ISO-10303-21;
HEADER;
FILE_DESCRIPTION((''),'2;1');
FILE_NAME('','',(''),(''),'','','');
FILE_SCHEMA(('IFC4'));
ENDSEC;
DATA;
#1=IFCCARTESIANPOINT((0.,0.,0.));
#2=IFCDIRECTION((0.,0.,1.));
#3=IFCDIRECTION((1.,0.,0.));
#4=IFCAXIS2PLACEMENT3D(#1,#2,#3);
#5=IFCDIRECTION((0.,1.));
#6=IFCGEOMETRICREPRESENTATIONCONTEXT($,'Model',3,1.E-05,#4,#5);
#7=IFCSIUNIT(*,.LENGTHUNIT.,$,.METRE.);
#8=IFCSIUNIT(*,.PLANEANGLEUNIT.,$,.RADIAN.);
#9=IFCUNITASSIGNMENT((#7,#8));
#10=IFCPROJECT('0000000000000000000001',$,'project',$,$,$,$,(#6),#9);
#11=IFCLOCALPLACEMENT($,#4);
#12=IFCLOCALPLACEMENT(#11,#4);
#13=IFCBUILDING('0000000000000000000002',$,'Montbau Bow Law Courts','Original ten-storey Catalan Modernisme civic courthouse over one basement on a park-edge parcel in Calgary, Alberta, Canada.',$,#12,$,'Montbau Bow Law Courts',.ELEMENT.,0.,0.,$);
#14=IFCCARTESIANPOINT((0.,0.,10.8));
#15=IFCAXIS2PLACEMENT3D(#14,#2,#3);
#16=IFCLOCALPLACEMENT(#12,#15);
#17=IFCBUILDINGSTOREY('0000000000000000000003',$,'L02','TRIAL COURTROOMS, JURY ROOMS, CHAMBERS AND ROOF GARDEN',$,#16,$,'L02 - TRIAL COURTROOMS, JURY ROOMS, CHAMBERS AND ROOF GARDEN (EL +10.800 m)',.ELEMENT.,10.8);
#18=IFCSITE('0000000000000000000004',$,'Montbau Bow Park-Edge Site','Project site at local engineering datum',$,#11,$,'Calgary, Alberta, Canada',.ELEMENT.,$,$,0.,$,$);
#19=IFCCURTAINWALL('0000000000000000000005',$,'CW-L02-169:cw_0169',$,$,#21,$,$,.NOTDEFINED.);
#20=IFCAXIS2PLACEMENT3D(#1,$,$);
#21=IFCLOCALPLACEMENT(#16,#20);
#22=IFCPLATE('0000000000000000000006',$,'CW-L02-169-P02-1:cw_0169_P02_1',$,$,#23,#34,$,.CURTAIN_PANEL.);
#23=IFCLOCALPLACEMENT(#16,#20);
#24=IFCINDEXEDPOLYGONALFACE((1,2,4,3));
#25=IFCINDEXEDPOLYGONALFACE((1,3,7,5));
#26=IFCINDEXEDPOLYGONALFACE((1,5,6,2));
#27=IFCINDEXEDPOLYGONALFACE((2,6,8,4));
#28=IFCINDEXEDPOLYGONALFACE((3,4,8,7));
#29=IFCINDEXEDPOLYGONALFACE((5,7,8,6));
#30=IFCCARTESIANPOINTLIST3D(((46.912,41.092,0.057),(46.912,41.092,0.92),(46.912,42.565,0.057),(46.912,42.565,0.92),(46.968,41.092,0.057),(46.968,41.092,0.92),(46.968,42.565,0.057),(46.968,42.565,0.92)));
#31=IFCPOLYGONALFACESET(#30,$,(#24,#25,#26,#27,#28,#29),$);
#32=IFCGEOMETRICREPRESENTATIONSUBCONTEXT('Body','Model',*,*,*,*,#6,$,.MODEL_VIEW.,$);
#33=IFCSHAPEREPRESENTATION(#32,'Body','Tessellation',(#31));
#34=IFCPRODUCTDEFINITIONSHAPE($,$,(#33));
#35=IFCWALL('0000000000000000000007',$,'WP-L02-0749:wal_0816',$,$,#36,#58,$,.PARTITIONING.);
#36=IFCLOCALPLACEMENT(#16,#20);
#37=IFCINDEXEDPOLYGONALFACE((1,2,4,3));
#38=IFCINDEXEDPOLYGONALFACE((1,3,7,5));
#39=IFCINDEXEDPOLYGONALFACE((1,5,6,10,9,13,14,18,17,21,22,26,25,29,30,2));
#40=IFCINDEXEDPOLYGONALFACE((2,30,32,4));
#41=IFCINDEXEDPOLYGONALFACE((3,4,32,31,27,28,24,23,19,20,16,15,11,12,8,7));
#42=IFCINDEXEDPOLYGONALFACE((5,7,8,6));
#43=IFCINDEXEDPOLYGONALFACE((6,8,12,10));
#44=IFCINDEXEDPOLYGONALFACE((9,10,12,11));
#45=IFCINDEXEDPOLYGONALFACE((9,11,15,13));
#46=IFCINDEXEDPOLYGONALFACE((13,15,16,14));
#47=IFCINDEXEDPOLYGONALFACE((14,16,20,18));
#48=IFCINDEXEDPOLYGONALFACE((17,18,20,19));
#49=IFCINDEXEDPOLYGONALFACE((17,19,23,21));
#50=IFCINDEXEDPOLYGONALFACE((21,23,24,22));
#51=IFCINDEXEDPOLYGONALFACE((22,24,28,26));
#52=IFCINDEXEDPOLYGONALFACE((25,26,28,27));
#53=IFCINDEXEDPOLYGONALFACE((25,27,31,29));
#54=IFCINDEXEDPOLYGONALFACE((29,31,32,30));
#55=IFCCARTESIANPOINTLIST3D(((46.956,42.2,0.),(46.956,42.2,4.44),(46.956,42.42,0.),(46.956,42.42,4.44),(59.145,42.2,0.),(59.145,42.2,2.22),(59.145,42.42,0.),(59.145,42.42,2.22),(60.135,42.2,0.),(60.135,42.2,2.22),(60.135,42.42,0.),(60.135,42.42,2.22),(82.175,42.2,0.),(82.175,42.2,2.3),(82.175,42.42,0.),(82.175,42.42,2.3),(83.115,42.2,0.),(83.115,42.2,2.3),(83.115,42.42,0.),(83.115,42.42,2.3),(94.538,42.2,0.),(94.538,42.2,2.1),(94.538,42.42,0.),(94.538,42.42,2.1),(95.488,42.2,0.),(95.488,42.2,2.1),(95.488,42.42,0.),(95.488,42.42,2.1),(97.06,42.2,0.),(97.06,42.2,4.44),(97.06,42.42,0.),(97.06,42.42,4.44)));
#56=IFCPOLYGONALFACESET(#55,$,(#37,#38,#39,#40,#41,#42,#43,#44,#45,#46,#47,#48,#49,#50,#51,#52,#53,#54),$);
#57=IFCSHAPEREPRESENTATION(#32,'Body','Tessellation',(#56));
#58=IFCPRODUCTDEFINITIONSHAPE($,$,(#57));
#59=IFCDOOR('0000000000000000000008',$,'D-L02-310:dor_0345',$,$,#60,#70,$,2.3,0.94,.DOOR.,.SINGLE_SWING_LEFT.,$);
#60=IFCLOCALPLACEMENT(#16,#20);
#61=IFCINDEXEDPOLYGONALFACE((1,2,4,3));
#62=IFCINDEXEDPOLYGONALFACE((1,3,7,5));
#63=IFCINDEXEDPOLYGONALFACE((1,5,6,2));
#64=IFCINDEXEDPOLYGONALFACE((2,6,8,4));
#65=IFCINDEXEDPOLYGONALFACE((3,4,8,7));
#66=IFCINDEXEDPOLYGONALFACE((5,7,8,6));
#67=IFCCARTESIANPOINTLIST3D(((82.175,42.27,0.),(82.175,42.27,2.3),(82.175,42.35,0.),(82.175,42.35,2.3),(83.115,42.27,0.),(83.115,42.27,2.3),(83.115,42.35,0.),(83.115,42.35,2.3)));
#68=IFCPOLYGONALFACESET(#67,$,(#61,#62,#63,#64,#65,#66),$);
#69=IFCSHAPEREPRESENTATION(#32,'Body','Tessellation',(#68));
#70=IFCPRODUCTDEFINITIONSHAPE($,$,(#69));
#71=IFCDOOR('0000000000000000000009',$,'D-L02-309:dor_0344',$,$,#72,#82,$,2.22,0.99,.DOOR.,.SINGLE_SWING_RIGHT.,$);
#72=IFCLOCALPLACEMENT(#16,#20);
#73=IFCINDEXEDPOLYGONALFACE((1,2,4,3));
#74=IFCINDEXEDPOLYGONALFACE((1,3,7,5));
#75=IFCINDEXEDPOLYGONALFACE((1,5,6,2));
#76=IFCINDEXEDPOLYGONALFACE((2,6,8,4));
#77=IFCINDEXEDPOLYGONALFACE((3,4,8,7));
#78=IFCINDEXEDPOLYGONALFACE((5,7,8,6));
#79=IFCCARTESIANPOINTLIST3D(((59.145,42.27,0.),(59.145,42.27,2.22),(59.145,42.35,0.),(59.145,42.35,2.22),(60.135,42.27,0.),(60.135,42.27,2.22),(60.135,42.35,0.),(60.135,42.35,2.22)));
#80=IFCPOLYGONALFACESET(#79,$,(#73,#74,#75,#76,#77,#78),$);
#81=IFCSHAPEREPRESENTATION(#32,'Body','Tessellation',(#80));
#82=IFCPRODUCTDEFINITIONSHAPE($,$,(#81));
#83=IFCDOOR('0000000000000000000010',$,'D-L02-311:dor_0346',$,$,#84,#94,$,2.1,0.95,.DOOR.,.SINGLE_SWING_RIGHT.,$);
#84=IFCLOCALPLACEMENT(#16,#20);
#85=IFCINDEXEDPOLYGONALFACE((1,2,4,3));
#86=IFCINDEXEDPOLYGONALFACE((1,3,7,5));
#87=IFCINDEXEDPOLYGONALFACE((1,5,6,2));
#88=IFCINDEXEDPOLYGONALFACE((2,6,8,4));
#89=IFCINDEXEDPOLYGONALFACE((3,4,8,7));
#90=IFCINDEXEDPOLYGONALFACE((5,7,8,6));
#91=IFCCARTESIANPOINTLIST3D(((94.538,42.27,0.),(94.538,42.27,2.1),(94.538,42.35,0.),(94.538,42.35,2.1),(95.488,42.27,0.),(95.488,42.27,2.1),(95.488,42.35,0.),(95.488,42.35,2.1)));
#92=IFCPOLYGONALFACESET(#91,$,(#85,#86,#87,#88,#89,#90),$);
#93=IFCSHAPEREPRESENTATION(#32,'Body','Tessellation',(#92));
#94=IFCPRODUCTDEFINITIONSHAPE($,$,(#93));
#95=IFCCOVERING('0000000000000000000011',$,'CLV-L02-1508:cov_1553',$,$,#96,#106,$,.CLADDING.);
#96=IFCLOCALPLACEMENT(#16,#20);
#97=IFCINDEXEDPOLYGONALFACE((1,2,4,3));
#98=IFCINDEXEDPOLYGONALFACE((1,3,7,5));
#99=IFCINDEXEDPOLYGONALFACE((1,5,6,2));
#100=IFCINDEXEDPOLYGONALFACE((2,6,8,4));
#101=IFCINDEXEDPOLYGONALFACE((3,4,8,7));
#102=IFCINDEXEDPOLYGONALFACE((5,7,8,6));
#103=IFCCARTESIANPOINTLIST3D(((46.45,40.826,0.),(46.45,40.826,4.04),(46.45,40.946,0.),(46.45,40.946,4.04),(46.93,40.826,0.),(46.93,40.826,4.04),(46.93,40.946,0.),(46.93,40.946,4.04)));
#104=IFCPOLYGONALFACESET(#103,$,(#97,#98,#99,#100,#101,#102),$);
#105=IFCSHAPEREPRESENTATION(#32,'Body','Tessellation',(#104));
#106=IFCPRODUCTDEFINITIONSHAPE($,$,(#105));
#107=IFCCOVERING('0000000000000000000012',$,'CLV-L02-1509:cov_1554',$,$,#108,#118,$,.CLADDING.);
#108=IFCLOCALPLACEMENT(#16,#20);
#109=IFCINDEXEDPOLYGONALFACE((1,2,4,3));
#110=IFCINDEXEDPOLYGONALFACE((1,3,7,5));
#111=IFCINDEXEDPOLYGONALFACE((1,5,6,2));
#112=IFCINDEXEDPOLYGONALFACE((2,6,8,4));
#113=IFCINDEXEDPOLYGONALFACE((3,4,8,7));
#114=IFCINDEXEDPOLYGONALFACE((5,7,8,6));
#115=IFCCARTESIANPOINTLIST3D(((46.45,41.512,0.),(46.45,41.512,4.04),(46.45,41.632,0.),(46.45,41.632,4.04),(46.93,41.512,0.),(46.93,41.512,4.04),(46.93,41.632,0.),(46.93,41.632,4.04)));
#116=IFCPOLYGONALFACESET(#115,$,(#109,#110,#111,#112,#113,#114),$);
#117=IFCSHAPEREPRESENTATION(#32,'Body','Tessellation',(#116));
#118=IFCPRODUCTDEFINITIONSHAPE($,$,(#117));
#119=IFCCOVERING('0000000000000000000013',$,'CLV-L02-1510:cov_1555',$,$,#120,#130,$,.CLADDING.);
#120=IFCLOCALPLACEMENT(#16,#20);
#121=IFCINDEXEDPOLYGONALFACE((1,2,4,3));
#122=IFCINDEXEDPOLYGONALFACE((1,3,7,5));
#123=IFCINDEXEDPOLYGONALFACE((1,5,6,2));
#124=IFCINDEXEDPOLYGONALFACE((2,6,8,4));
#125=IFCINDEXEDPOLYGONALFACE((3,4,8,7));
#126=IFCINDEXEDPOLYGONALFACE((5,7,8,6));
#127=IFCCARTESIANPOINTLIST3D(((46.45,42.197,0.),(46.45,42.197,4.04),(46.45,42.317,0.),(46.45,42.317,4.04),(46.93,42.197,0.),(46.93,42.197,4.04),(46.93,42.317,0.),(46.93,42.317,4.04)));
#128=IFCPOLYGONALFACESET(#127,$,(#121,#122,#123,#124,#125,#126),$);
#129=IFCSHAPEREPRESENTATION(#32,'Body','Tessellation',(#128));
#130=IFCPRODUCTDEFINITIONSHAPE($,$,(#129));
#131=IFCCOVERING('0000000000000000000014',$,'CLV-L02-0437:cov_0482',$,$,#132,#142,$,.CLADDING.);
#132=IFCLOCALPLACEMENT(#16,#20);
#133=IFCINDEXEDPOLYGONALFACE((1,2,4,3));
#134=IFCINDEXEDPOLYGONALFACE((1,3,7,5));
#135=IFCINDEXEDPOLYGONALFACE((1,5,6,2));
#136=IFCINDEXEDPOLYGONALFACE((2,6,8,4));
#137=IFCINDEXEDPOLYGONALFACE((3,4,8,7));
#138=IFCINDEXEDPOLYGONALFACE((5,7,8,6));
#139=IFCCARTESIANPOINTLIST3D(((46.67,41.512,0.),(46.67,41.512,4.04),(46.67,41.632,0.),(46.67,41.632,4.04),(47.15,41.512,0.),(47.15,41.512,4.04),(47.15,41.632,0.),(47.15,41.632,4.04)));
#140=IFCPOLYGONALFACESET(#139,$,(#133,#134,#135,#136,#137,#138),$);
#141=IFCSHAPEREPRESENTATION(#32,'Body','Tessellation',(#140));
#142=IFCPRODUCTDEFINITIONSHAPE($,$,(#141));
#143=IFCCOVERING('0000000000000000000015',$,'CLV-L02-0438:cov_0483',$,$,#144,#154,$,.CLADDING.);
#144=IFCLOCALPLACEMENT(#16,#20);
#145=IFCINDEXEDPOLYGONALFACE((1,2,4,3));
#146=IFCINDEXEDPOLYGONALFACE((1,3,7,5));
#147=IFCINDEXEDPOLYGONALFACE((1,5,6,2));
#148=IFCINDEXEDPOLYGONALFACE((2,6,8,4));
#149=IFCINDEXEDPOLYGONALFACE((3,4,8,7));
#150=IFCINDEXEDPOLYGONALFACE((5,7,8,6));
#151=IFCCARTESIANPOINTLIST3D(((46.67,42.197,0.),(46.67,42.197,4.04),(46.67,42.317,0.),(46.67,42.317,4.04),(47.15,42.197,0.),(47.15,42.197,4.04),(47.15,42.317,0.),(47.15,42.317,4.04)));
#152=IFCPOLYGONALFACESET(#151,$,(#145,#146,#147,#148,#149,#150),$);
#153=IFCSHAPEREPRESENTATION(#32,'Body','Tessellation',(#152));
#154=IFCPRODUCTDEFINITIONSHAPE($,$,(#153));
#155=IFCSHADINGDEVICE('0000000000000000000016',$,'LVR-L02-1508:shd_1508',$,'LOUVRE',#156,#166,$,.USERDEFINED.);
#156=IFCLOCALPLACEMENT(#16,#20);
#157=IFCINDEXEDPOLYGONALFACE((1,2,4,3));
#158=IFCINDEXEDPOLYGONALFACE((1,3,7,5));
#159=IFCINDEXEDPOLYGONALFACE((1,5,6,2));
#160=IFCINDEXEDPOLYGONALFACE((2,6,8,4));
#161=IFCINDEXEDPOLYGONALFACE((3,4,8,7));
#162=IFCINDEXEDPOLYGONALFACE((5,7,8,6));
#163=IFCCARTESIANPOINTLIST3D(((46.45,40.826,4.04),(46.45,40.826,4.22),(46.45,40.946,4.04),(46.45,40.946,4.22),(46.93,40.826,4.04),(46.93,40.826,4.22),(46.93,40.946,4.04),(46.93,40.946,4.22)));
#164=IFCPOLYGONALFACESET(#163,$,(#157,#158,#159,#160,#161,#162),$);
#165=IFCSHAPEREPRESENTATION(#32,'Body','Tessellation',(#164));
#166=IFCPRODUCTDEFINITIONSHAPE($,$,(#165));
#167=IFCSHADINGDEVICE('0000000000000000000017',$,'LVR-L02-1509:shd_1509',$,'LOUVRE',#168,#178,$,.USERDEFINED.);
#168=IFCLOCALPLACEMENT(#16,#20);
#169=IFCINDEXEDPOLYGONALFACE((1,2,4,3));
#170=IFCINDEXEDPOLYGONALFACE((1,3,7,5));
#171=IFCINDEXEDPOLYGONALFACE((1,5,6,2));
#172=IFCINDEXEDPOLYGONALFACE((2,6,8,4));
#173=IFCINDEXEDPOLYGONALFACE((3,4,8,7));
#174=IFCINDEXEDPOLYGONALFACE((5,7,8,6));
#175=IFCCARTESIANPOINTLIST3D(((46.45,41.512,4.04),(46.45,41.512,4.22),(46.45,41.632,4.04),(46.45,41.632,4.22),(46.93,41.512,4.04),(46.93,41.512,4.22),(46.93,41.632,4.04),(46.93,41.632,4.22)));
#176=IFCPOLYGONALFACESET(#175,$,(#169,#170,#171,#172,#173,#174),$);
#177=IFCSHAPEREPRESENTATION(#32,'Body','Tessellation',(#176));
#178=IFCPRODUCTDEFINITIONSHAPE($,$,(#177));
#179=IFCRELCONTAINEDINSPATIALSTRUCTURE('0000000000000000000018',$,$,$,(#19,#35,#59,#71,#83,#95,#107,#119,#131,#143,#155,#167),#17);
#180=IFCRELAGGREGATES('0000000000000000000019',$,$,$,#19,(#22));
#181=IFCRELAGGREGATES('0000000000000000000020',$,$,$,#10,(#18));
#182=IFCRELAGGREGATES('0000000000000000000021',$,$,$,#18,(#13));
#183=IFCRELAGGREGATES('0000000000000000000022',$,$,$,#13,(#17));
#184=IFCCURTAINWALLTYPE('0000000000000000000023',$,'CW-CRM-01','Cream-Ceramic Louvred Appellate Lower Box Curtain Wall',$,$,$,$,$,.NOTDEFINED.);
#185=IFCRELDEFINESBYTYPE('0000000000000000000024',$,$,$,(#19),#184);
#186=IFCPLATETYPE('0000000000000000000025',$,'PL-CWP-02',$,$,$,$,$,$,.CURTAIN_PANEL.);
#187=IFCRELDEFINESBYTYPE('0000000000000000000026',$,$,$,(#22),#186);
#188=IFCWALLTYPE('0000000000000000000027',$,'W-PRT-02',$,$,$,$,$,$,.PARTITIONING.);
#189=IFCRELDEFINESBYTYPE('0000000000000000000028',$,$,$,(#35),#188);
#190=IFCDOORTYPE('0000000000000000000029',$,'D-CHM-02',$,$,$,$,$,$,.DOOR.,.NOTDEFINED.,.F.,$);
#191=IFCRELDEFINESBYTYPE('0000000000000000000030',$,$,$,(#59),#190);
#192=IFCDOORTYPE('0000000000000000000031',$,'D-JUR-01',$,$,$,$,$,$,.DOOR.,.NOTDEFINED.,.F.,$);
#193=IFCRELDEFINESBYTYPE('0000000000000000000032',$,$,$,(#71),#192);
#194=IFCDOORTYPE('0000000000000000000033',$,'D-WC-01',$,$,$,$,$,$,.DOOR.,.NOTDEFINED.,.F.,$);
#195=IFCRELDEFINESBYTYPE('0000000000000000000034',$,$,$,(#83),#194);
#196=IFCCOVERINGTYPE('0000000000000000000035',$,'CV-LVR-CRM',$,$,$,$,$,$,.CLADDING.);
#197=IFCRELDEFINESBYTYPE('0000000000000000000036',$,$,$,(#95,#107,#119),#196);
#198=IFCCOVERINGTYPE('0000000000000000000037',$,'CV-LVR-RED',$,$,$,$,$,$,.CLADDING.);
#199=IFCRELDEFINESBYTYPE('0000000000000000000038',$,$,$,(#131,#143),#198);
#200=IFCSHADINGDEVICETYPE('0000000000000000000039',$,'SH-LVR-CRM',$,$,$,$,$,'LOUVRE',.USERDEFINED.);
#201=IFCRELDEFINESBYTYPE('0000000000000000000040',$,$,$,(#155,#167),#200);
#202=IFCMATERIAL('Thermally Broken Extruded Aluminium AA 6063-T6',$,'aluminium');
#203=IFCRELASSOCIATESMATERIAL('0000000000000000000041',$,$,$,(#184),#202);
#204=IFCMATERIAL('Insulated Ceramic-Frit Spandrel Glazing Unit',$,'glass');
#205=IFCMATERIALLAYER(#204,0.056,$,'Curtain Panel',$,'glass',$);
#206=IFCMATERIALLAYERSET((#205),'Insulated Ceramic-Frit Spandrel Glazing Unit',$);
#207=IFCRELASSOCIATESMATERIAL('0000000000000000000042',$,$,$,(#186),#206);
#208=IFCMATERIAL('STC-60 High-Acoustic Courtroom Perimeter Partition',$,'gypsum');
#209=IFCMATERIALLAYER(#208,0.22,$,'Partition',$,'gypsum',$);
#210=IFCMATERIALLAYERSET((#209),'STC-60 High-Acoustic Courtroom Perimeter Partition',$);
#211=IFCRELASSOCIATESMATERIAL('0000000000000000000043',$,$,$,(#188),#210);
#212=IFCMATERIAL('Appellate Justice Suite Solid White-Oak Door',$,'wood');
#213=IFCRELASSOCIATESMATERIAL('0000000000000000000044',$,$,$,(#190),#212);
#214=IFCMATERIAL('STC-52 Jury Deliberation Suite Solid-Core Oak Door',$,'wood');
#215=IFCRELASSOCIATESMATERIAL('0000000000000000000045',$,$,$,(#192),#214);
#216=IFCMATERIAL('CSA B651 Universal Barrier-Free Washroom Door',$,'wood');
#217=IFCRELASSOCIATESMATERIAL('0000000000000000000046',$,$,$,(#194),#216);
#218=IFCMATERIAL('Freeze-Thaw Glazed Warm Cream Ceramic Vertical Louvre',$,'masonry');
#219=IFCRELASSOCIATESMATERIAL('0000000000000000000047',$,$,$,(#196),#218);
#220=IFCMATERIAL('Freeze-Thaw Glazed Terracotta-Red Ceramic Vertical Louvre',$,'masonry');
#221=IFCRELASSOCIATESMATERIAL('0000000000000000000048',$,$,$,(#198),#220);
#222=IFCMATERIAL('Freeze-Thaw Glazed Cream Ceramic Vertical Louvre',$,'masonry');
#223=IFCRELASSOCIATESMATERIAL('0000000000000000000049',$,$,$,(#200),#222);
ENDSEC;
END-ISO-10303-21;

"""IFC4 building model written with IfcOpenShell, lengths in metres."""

from ifc_helpers import new_model, si_unit, direction, frame, frame_2d, origin_with_axes, origin_2d_with_axis, place, context, subcontext, project, spatial, rectangle, extrude, material, layer, layer_set, type_object, element, fill, aggregate, save


model = new_model("IFC4")

# Units and contexts
model_context = context("Model", 3, precision=1e-05, world=origin_with_axes(), true_north=direction((0.0, 1.0)))
body_context = subcontext(model_context, "Body", "Model", "MODEL_VIEW")
ifc_project = project(units=[si_unit("LENGTHUNIT", "METRE"), si_unit("PLANEANGLEUNIT", "RADIAN")], contexts=[model_context])

# Site, building, storey
site_placement = place(None, origin_with_axes())
site = spatial("IfcSite", under=ifc_project, at=site_placement, Name="Montbau Bow Park-Edge Site", Description="Project site at local engineering datum", LongName="Calgary, Alberta, Canada", CompositionType="ELEMENT", RefElevation=0.0)
building_placement = place(site_placement, origin_with_axes())
building = spatial("IfcBuilding", under=site, at=building_placement, Name="Montbau Bow Law Courts", Description="Original ten-storey Catalan Modernisme civic courthouse over one basement on a park-edge parcel in Calgary, Alberta, Canada.", LongName="Montbau Bow Law Courts", CompositionType="ELEMENT", ElevationOfRefHeight=0.0, ElevationOfTerrain=0.0)
storey_placement = place(building_placement, frame((0.0, 0.0, 10.8), z_axis=(0.0, 0.0, 1.0), x_axis=(1.0, 0.0, 0.0)))
storey = spatial("IfcBuildingStorey", under=building, at=storey_placement, Name="L02", Description="TRIAL COURTROOMS, JURY ROOMS, CHAMBERS AND ROOF GARDEN", LongName="L02 - TRIAL COURTROOMS, JURY ROOMS, CHAMBERS AND ROOF GARDEN (EL +10.800 m)", CompositionType="ELEMENT", Elevation=10.8)

# Curtain wall
ifc_material_1 = material(Name="Thermally Broken Extruded Aluminium AA 6063-T6", Category="aluminium")
curtain_wall_type_1 = type_object("IfcCurtainWallType", Name="CW-CRM-01", Description="Cream-Ceramic Louvred Appellate Lower Box Curtain Wall", PredefinedType="NOTDEFINED", material=ifc_material_1)
curtain_wall_1_placement = place(None, frame((46.94, 39.515, 10.8), z_axis=(0.0, 0.0, 1.0), x_axis=(1.0, 0.0, 0.0)))
curtain_wall_1 = element("IfcCurtainWall", 1, at=curtain_wall_1_placement, inside=storey, type_object=curtain_wall_type_1, Name="CW-L02-169:cw_0169", PredefinedType="NOTDEFINED")

# Plate
ifc_material_2 = material(Name="Insulated Ceramic-Frit Spandrel Glazing Unit", Category="glass")
ifc_layer_1 = layer(ifc_material_2, 0.056, Name="Curtain Panel", Category="glass")
ifc_layer_set_1 = layer_set([ifc_layer_1], Name="Insulated Ceramic-Frit Spandrel Glazing Unit")
plate_type_1 = type_object("IfcPlateType", Name="PL-CWP-02", PredefinedType="CURTAIN_PANEL", material=ifc_layer_set_1)
plate_1_placement = place(None, frame((46.94, 41.092, 10.857), z_axis=(1.0, 0.0, 0.0), x_axis=(0.0, 1.0, 0.0)))
plate_1 = element("IfcPlate", 2, at=plate_1_placement, type_object=plate_type_1, Name="CW-L02-169-P02-1:cw_0169_P02_1", PredefinedType="CURTAIN_PANEL", context=body_context, shape_type="SweptSolid", body=[
    extrude(rectangle(XDim=1.473, YDim=0.863, at=frame_2d((0.7365, 0.4315), x_axis=(1.0, 0.0))), frame((0.0, 0.0, -0.028), z_axis=(0.0, 0.0, 1.0), x_axis=(1.0, 0.0, 0.0)), (0.0, 0.0, 1.0), 0.056),
])
aggregate(curtain_wall_1, [plate_1])

# Wall, openings, doors
ifc_material_3 = material(Name="STC-60 High-Acoustic Courtroom Perimeter Partition", Category="gypsum")
ifc_layer_2 = layer(ifc_material_3, 0.22, Name="Partition", Category="gypsum")
ifc_layer_set_2 = layer_set([ifc_layer_2], Name="STC-60 High-Acoustic Courtroom Perimeter Partition")
wall_type = type_object("IfcWallType", Name="W-PRT-02", PredefinedType="PARTITIONING", material=ifc_layer_set_2)
wall_placement = place(None, frame((46.956, 42.31, 10.8), z_axis=(0.0, 0.0, 1.0), x_axis=(1.0, 0.0, 0.0)))
wall = element("IfcWall", 3, at=wall_placement, inside=storey, type_object=wall_type, Name="WP-L02-0749:wal_0816", PredefinedType="PARTITIONING", context=body_context, shape_type="SweptSolid", body=[
    extrude(rectangle(XDim=50.104, YDim=0.22, at=frame_2d((25.052, 0.0), x_axis=(1.0, 0.0))), origin_with_axes(), (0.0, 0.0, 1.0), 4.44),
])
opening_1_placement = place(None, frame((59.64, 42.31, 10.8), z_axis=(0.0, 0.0, 1.0), x_axis=(1.0, 0.0, 0.0)))
opening_1 = element("IfcOpeningElement", 4, at=opening_1_placement, cuts=wall, PredefinedType="OPENING", context=body_context, shape_type="SweptSolid", body=[
    extrude(rectangle(XDim=0.99, YDim=2.22, at=frame_2d((0.0, 1.11), x_axis=(1.0, 0.0))), frame((0.0, 0.12, 0.0), z_axis=(0.0, -1.0, 0.0), x_axis=(1.0, 0.0, 0.0)), (0.0, 0.0, 1.0), 0.24),
])
opening_2_placement = place(None, frame((82.645, 42.31, 10.8), z_axis=(0.0, 0.0, 1.0), x_axis=(1.0, 0.0, 0.0)))
opening_2 = element("IfcOpeningElement", 5, at=opening_2_placement, cuts=wall, PredefinedType="OPENING", context=body_context, shape_type="SweptSolid", body=[
    extrude(rectangle(XDim=0.94, YDim=2.3, at=frame_2d((0.0, 1.15), x_axis=(1.0, 0.0))), frame((0.0, 0.12, 0.0), z_axis=(0.0, -1.0, 0.0), x_axis=(1.0, 0.0, 0.0)), (0.0, 0.0, 1.0), 0.24),
])
opening_3_placement = place(None, frame((95.013, 42.31, 10.8), z_axis=(0.0, 0.0, 1.0), x_axis=(1.0, 0.0, 0.0)))
opening_3 = element("IfcOpeningElement", 6, at=opening_3_placement, cuts=wall, PredefinedType="OPENING", context=body_context, shape_type="SweptSolid", body=[
    extrude(rectangle(XDim=0.95, YDim=2.1, at=frame_2d((0.0, 1.05), x_axis=(1.0, 0.0))), frame((0.0, 0.12, 0.0), z_axis=(0.0, -1.0, 0.0), x_axis=(1.0, 0.0, 0.0)), (0.0, 0.0, 1.0), 0.24),
])
ifc_material_4 = material(Name="Appellate Justice Suite Solid White-Oak Door", Category="wood")
door_type_1 = type_object("IfcDoorType", Name="D-CHM-02", OperationType="NOTDEFINED", ParameterTakesPrecedence=False, PredefinedType="DOOR", material=ifc_material_4)
door_1_placement = place(None, frame((82.645, 42.31, 10.8), z_axis=(0.0, 0.0, 1.0), x_axis=(1.0, 0.0, 0.0)))
door_1 = element("IfcDoor", 7, at=door_1_placement, inside=storey, type_object=door_type_1, Name="D-L02-310:dor_0345", OperationType="SINGLE_SWING_LEFT", OverallHeight=2.3, OverallWidth=0.94, PredefinedType="DOOR", context=body_context, shape_type="SweptSolid", body=[
    extrude(rectangle(XDim=0.94, YDim=2.3, at=frame_2d((0.0, 1.15), x_axis=(1.0, 0.0))), frame((0.0, 0.04, 0.0), z_axis=(0.0, -1.0, 0.0), x_axis=(1.0, 0.0, 0.0)), (0.0, 0.0, 1.0), 0.08),
])
fill(opening_2, door_1)
ifc_material_5 = material(Name="STC-52 Jury Deliberation Suite Solid-Core Oak Door", Category="wood")
door_type_2 = type_object("IfcDoorType", Name="D-JUR-01", OperationType="NOTDEFINED", ParameterTakesPrecedence=False, PredefinedType="DOOR", material=ifc_material_5)
door_2_placement = place(None, frame((59.64, 42.31, 10.8), z_axis=(0.0, 0.0, 1.0), x_axis=(1.0, 0.0, 0.0)))
door_2 = element("IfcDoor", 8, at=door_2_placement, inside=storey, type_object=door_type_2, Name="D-L02-309:dor_0344", OperationType="SINGLE_SWING_RIGHT", OverallHeight=2.22, OverallWidth=0.99, PredefinedType="DOOR", context=body_context, shape_type="SweptSolid", body=[
    extrude(rectangle(XDim=0.99, YDim=2.22, at=frame_2d((0.0, 1.11), x_axis=(1.0, 0.0))), frame((0.0, 0.04, 0.0), z_axis=(0.0, -1.0, 0.0), x_axis=(1.0, 0.0, 0.0)), (0.0, 0.0, 1.0), 0.08),
])
fill(opening_1, door_2)
ifc_material_6 = material(Name="CSA B651 Universal Barrier-Free Washroom Door", Category="wood")
door_type_3 = type_object("IfcDoorType", Name="D-WC-01", OperationType="NOTDEFINED", ParameterTakesPrecedence=False, PredefinedType="DOOR", material=ifc_material_6)
door_3_placement = place(None, frame((95.013, 42.31, 10.8), z_axis=(0.0, 0.0, 1.0), x_axis=(1.0, 0.0, 0.0)))
door_3 = element("IfcDoor", 9, at=door_3_placement, inside=storey, type_object=door_type_3, Name="D-L02-311:dor_0346", OperationType="SINGLE_SWING_RIGHT", OverallHeight=2.1, OverallWidth=0.95, PredefinedType="DOOR", context=body_context, shape_type="SweptSolid", body=[
    extrude(rectangle(XDim=0.95, YDim=2.1, at=frame_2d((0.0, 1.05), x_axis=(1.0, 0.0))), frame((0.0, 0.04, 0.0), z_axis=(0.0, -1.0, 0.0), x_axis=(1.0, 0.0, 0.0)), (0.0, 0.0, 1.0), 0.08),
])
fill(opening_3, door_3)

# Coverings
ifc_material_7 = material(Name="Freeze-Thaw Glazed Warm Cream Ceramic Vertical Louvre", Category="masonry")
covering_type_1 = type_object("IfcCoveringType", Name="CV-LVR-CRM", PredefinedType="CLADDING", material=ifc_material_7)
for number, where, z_axis, x_axis, name in (
    (10, (46.93, 40.886, 10.8), (0.0, 1.0, 0.0), (-1.0, 0.0, 0.0), "CLV-L02-1508:cov_1553"),
    (11, (46.93, 41.572, 10.8), (0.0, 1.0, 0.0), (-1.0, 0.0, 0.0), "CLV-L02-1509:cov_1554"),
    (12, (46.93, 42.257, 10.8), (0.0, 1.0, 0.0), (-1.0, 0.0, 0.0), "CLV-L02-1510:cov_1555"),
):
    element("IfcCovering", number, at=place(None, frame(where, z_axis=z_axis, x_axis=x_axis)), inside=storey, type_object=covering_type_1, Name=name, PredefinedType="CLADDING", context=body_context, shape_type="SweptSolid", body=[
        extrude(rectangle(XDim=0.48, YDim=4.04, at=frame_2d((0.24, 2.02), x_axis=(1.0, 0.0))), frame((0.0, 0.0, -0.06), z_axis=(0.0, 0.0, 1.0), x_axis=(1.0, 0.0, 0.0)), (0.0, 0.0, 1.0), 0.12),
    ])
ifc_material_8 = material(Name="Freeze-Thaw Glazed Terracotta-Red Ceramic Vertical Louvre", Category="masonry")
covering_type_2 = type_object("IfcCoveringType", Name="CV-LVR-RED", PredefinedType="CLADDING", material=ifc_material_8)
for number, where, z_axis, x_axis, name in (
    (13, (46.67, 41.572, 10.8), (0.0, -1.0, 0.0), (1.0, 0.0, 0.0), "CLV-L02-0437:cov_0482"),
    (14, (46.67, 42.257, 10.8), (0.0, -1.0, 0.0), (1.0, 0.0, 0.0), "CLV-L02-0438:cov_0483"),
):
    element("IfcCovering", number, at=place(None, frame(where, z_axis=z_axis, x_axis=x_axis)), inside=storey, type_object=covering_type_2, Name=name, PredefinedType="CLADDING", context=body_context, shape_type="SweptSolid", body=[
        extrude(rectangle(XDim=0.48, YDim=4.04, at=frame_2d((0.24, 2.02), x_axis=(1.0, 0.0))), frame((0.0, 0.0, -0.06), z_axis=(0.0, 0.0, 1.0), x_axis=(1.0, 0.0, 0.0)), (0.0, 0.0, 1.0), 0.12),
    ])

# Shading devices
ifc_material_9 = material(Name="Freeze-Thaw Glazed Cream Ceramic Vertical Louvre", Category="masonry")
shading_device_type_1 = type_object("IfcShadingDeviceType", Name="SH-LVR-CRM", ElementType="LOUVRE", PredefinedType="USERDEFINED", material=ifc_material_9)
for number, where, z_axis, x_axis, name in (
    (15, (46.69, 40.886, 14.84), (0.0, 0.0, 1.0), (-1.0, 0.0, 0.0), "LVR-L02-1508:shd_1508"),
    (16, (46.69, 41.572, 14.84), (0.0, 0.0, 1.0), (-1.0, 0.0, 0.0), "LVR-L02-1509:shd_1509"),
):
    element("IfcShadingDevice", number, at=place(None, frame(where, z_axis=z_axis, x_axis=x_axis)), inside=storey, type_object=shading_device_type_1, Name=name, ObjectType="LOUVRE", PredefinedType="USERDEFINED", context=body_context, shape_type="SweptSolid", body=[
        extrude(rectangle(XDim=0.48, YDim=0.12, at=origin_2d_with_axis()), origin_with_axes(), (0.0, 0.0, 1.0), 0.18),
    ])

save(model, "model.ifc")
